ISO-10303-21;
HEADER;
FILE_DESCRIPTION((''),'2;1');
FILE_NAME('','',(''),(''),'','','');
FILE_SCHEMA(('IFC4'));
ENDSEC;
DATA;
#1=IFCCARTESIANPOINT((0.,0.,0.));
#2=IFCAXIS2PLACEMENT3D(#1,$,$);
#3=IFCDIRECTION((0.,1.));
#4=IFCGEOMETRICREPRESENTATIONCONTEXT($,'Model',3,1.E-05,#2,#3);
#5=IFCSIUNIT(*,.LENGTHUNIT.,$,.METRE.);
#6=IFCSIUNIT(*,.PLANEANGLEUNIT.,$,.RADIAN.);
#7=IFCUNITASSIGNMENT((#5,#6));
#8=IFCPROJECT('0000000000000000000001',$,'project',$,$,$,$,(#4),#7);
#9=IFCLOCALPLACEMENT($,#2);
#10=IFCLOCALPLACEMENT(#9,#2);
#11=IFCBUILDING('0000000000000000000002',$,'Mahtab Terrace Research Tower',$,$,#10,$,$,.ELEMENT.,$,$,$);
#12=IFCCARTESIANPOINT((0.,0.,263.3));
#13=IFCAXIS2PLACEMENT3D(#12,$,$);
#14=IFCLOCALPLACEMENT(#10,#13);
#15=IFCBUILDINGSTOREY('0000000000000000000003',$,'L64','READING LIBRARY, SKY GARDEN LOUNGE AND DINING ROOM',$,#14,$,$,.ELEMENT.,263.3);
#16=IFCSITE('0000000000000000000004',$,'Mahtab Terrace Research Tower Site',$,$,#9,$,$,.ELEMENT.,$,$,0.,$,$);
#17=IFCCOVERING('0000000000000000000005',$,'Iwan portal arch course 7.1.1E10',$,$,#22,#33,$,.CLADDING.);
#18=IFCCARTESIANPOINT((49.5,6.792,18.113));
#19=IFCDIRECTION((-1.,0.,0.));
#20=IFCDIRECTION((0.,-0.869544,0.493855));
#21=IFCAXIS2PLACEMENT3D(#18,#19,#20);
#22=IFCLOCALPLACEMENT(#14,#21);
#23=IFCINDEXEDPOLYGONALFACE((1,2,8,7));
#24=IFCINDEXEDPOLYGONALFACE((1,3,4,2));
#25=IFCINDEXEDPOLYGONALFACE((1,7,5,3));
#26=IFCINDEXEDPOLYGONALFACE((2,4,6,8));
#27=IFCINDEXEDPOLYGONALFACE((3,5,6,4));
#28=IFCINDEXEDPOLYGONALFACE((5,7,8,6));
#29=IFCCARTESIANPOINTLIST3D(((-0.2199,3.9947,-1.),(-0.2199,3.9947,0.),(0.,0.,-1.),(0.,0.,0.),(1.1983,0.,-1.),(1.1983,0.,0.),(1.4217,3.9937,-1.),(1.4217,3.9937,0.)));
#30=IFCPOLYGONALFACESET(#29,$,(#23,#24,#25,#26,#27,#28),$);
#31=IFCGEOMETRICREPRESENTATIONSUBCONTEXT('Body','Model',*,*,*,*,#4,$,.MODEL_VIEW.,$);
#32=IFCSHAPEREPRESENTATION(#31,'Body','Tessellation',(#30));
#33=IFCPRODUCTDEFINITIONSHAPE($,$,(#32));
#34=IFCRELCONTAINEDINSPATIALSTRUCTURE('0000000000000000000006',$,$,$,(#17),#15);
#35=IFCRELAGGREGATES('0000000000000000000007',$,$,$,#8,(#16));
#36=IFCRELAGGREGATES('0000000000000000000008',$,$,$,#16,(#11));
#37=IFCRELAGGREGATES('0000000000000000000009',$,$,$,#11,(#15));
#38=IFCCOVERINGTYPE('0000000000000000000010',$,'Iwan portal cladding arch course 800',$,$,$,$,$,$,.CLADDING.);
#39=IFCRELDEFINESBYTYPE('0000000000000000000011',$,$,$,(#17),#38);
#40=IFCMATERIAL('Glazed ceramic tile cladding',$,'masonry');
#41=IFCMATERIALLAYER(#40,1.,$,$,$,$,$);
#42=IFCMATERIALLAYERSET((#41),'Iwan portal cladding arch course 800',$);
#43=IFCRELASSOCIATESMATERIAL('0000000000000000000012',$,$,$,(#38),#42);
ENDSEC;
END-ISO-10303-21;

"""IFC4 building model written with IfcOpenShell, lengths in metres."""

from ifc_helpers import new_model, si_unit, direction, frame, origin, place, context, subcontext, project, spatial, polyline, outline, extrude, material, layer, layer_set, type_object, element, save


model = new_model("IFC4")

# Units and contexts
model_context = context("Model", 3, precision=1e-05, world=origin(), true_north=direction((0.0, 1.0)))
body_context = subcontext(model_context, "Body", "Model", "MODEL_VIEW")
ifc_project = project(units=[si_unit("LENGTHUNIT", "METRE"), si_unit("PLANEANGLEUNIT", "RADIAN")], contexts=[model_context])

# Site, building, storey
site_placement = place(None, origin())
site = spatial("IfcSite", under=ifc_project, at=site_placement, Name="Mahtab Terrace Research Tower Site", CompositionType="ELEMENT", RefElevation=0.0)
building_placement = place(site_placement, origin())
building = spatial("IfcBuilding", under=site, at=building_placement, Name="Mahtab Terrace Research Tower", CompositionType="ELEMENT")
storey_placement = place(building_placement, frame((0.0, 0.0, 263.3)))
storey = spatial("IfcBuildingStorey", under=building, at=storey_placement, Name="L64", Description="READING LIBRARY, SKY GARDEN LOUNGE AND DINING ROOM", CompositionType="ELEMENT", Elevation=263.3)

# Covering
ifc_material = material(Name="Glazed ceramic tile cladding", Category="masonry")
ifc_layer = layer(ifc_material, 1.0)
ifc_layer_set = layer_set([ifc_layer], Name="Iwan portal cladding arch course 800")
covering_type = type_object("IfcCoveringType", Name="Iwan portal cladding arch course 800", PredefinedType="CLADDING", material=ifc_layer_set)
covering_1_placement = place(storey_placement, frame((49.5, 6.792, 18.113), z_axis=(-1.0, 0.0, 0.0), x_axis=(0.0, -0.869544, 0.493855)))
element("IfcCovering", 1, at=covering_1_placement, inside=storey, type_object=covering_type, Name="Iwan portal arch course 7.1.1E10", PredefinedType="CLADDING", context=body_context, shape_type="SweptSolid", body=[
    extrude(outline(polyline([(0.0, 0.0), (1.1983, 0.0), (1.4217, 3.9937), (-0.2199, 3.9947), (0.0, 0.0)])), origin(), (0.0, 0.0, -1.0), 1.0),
])

save(model, "model.ifc")
